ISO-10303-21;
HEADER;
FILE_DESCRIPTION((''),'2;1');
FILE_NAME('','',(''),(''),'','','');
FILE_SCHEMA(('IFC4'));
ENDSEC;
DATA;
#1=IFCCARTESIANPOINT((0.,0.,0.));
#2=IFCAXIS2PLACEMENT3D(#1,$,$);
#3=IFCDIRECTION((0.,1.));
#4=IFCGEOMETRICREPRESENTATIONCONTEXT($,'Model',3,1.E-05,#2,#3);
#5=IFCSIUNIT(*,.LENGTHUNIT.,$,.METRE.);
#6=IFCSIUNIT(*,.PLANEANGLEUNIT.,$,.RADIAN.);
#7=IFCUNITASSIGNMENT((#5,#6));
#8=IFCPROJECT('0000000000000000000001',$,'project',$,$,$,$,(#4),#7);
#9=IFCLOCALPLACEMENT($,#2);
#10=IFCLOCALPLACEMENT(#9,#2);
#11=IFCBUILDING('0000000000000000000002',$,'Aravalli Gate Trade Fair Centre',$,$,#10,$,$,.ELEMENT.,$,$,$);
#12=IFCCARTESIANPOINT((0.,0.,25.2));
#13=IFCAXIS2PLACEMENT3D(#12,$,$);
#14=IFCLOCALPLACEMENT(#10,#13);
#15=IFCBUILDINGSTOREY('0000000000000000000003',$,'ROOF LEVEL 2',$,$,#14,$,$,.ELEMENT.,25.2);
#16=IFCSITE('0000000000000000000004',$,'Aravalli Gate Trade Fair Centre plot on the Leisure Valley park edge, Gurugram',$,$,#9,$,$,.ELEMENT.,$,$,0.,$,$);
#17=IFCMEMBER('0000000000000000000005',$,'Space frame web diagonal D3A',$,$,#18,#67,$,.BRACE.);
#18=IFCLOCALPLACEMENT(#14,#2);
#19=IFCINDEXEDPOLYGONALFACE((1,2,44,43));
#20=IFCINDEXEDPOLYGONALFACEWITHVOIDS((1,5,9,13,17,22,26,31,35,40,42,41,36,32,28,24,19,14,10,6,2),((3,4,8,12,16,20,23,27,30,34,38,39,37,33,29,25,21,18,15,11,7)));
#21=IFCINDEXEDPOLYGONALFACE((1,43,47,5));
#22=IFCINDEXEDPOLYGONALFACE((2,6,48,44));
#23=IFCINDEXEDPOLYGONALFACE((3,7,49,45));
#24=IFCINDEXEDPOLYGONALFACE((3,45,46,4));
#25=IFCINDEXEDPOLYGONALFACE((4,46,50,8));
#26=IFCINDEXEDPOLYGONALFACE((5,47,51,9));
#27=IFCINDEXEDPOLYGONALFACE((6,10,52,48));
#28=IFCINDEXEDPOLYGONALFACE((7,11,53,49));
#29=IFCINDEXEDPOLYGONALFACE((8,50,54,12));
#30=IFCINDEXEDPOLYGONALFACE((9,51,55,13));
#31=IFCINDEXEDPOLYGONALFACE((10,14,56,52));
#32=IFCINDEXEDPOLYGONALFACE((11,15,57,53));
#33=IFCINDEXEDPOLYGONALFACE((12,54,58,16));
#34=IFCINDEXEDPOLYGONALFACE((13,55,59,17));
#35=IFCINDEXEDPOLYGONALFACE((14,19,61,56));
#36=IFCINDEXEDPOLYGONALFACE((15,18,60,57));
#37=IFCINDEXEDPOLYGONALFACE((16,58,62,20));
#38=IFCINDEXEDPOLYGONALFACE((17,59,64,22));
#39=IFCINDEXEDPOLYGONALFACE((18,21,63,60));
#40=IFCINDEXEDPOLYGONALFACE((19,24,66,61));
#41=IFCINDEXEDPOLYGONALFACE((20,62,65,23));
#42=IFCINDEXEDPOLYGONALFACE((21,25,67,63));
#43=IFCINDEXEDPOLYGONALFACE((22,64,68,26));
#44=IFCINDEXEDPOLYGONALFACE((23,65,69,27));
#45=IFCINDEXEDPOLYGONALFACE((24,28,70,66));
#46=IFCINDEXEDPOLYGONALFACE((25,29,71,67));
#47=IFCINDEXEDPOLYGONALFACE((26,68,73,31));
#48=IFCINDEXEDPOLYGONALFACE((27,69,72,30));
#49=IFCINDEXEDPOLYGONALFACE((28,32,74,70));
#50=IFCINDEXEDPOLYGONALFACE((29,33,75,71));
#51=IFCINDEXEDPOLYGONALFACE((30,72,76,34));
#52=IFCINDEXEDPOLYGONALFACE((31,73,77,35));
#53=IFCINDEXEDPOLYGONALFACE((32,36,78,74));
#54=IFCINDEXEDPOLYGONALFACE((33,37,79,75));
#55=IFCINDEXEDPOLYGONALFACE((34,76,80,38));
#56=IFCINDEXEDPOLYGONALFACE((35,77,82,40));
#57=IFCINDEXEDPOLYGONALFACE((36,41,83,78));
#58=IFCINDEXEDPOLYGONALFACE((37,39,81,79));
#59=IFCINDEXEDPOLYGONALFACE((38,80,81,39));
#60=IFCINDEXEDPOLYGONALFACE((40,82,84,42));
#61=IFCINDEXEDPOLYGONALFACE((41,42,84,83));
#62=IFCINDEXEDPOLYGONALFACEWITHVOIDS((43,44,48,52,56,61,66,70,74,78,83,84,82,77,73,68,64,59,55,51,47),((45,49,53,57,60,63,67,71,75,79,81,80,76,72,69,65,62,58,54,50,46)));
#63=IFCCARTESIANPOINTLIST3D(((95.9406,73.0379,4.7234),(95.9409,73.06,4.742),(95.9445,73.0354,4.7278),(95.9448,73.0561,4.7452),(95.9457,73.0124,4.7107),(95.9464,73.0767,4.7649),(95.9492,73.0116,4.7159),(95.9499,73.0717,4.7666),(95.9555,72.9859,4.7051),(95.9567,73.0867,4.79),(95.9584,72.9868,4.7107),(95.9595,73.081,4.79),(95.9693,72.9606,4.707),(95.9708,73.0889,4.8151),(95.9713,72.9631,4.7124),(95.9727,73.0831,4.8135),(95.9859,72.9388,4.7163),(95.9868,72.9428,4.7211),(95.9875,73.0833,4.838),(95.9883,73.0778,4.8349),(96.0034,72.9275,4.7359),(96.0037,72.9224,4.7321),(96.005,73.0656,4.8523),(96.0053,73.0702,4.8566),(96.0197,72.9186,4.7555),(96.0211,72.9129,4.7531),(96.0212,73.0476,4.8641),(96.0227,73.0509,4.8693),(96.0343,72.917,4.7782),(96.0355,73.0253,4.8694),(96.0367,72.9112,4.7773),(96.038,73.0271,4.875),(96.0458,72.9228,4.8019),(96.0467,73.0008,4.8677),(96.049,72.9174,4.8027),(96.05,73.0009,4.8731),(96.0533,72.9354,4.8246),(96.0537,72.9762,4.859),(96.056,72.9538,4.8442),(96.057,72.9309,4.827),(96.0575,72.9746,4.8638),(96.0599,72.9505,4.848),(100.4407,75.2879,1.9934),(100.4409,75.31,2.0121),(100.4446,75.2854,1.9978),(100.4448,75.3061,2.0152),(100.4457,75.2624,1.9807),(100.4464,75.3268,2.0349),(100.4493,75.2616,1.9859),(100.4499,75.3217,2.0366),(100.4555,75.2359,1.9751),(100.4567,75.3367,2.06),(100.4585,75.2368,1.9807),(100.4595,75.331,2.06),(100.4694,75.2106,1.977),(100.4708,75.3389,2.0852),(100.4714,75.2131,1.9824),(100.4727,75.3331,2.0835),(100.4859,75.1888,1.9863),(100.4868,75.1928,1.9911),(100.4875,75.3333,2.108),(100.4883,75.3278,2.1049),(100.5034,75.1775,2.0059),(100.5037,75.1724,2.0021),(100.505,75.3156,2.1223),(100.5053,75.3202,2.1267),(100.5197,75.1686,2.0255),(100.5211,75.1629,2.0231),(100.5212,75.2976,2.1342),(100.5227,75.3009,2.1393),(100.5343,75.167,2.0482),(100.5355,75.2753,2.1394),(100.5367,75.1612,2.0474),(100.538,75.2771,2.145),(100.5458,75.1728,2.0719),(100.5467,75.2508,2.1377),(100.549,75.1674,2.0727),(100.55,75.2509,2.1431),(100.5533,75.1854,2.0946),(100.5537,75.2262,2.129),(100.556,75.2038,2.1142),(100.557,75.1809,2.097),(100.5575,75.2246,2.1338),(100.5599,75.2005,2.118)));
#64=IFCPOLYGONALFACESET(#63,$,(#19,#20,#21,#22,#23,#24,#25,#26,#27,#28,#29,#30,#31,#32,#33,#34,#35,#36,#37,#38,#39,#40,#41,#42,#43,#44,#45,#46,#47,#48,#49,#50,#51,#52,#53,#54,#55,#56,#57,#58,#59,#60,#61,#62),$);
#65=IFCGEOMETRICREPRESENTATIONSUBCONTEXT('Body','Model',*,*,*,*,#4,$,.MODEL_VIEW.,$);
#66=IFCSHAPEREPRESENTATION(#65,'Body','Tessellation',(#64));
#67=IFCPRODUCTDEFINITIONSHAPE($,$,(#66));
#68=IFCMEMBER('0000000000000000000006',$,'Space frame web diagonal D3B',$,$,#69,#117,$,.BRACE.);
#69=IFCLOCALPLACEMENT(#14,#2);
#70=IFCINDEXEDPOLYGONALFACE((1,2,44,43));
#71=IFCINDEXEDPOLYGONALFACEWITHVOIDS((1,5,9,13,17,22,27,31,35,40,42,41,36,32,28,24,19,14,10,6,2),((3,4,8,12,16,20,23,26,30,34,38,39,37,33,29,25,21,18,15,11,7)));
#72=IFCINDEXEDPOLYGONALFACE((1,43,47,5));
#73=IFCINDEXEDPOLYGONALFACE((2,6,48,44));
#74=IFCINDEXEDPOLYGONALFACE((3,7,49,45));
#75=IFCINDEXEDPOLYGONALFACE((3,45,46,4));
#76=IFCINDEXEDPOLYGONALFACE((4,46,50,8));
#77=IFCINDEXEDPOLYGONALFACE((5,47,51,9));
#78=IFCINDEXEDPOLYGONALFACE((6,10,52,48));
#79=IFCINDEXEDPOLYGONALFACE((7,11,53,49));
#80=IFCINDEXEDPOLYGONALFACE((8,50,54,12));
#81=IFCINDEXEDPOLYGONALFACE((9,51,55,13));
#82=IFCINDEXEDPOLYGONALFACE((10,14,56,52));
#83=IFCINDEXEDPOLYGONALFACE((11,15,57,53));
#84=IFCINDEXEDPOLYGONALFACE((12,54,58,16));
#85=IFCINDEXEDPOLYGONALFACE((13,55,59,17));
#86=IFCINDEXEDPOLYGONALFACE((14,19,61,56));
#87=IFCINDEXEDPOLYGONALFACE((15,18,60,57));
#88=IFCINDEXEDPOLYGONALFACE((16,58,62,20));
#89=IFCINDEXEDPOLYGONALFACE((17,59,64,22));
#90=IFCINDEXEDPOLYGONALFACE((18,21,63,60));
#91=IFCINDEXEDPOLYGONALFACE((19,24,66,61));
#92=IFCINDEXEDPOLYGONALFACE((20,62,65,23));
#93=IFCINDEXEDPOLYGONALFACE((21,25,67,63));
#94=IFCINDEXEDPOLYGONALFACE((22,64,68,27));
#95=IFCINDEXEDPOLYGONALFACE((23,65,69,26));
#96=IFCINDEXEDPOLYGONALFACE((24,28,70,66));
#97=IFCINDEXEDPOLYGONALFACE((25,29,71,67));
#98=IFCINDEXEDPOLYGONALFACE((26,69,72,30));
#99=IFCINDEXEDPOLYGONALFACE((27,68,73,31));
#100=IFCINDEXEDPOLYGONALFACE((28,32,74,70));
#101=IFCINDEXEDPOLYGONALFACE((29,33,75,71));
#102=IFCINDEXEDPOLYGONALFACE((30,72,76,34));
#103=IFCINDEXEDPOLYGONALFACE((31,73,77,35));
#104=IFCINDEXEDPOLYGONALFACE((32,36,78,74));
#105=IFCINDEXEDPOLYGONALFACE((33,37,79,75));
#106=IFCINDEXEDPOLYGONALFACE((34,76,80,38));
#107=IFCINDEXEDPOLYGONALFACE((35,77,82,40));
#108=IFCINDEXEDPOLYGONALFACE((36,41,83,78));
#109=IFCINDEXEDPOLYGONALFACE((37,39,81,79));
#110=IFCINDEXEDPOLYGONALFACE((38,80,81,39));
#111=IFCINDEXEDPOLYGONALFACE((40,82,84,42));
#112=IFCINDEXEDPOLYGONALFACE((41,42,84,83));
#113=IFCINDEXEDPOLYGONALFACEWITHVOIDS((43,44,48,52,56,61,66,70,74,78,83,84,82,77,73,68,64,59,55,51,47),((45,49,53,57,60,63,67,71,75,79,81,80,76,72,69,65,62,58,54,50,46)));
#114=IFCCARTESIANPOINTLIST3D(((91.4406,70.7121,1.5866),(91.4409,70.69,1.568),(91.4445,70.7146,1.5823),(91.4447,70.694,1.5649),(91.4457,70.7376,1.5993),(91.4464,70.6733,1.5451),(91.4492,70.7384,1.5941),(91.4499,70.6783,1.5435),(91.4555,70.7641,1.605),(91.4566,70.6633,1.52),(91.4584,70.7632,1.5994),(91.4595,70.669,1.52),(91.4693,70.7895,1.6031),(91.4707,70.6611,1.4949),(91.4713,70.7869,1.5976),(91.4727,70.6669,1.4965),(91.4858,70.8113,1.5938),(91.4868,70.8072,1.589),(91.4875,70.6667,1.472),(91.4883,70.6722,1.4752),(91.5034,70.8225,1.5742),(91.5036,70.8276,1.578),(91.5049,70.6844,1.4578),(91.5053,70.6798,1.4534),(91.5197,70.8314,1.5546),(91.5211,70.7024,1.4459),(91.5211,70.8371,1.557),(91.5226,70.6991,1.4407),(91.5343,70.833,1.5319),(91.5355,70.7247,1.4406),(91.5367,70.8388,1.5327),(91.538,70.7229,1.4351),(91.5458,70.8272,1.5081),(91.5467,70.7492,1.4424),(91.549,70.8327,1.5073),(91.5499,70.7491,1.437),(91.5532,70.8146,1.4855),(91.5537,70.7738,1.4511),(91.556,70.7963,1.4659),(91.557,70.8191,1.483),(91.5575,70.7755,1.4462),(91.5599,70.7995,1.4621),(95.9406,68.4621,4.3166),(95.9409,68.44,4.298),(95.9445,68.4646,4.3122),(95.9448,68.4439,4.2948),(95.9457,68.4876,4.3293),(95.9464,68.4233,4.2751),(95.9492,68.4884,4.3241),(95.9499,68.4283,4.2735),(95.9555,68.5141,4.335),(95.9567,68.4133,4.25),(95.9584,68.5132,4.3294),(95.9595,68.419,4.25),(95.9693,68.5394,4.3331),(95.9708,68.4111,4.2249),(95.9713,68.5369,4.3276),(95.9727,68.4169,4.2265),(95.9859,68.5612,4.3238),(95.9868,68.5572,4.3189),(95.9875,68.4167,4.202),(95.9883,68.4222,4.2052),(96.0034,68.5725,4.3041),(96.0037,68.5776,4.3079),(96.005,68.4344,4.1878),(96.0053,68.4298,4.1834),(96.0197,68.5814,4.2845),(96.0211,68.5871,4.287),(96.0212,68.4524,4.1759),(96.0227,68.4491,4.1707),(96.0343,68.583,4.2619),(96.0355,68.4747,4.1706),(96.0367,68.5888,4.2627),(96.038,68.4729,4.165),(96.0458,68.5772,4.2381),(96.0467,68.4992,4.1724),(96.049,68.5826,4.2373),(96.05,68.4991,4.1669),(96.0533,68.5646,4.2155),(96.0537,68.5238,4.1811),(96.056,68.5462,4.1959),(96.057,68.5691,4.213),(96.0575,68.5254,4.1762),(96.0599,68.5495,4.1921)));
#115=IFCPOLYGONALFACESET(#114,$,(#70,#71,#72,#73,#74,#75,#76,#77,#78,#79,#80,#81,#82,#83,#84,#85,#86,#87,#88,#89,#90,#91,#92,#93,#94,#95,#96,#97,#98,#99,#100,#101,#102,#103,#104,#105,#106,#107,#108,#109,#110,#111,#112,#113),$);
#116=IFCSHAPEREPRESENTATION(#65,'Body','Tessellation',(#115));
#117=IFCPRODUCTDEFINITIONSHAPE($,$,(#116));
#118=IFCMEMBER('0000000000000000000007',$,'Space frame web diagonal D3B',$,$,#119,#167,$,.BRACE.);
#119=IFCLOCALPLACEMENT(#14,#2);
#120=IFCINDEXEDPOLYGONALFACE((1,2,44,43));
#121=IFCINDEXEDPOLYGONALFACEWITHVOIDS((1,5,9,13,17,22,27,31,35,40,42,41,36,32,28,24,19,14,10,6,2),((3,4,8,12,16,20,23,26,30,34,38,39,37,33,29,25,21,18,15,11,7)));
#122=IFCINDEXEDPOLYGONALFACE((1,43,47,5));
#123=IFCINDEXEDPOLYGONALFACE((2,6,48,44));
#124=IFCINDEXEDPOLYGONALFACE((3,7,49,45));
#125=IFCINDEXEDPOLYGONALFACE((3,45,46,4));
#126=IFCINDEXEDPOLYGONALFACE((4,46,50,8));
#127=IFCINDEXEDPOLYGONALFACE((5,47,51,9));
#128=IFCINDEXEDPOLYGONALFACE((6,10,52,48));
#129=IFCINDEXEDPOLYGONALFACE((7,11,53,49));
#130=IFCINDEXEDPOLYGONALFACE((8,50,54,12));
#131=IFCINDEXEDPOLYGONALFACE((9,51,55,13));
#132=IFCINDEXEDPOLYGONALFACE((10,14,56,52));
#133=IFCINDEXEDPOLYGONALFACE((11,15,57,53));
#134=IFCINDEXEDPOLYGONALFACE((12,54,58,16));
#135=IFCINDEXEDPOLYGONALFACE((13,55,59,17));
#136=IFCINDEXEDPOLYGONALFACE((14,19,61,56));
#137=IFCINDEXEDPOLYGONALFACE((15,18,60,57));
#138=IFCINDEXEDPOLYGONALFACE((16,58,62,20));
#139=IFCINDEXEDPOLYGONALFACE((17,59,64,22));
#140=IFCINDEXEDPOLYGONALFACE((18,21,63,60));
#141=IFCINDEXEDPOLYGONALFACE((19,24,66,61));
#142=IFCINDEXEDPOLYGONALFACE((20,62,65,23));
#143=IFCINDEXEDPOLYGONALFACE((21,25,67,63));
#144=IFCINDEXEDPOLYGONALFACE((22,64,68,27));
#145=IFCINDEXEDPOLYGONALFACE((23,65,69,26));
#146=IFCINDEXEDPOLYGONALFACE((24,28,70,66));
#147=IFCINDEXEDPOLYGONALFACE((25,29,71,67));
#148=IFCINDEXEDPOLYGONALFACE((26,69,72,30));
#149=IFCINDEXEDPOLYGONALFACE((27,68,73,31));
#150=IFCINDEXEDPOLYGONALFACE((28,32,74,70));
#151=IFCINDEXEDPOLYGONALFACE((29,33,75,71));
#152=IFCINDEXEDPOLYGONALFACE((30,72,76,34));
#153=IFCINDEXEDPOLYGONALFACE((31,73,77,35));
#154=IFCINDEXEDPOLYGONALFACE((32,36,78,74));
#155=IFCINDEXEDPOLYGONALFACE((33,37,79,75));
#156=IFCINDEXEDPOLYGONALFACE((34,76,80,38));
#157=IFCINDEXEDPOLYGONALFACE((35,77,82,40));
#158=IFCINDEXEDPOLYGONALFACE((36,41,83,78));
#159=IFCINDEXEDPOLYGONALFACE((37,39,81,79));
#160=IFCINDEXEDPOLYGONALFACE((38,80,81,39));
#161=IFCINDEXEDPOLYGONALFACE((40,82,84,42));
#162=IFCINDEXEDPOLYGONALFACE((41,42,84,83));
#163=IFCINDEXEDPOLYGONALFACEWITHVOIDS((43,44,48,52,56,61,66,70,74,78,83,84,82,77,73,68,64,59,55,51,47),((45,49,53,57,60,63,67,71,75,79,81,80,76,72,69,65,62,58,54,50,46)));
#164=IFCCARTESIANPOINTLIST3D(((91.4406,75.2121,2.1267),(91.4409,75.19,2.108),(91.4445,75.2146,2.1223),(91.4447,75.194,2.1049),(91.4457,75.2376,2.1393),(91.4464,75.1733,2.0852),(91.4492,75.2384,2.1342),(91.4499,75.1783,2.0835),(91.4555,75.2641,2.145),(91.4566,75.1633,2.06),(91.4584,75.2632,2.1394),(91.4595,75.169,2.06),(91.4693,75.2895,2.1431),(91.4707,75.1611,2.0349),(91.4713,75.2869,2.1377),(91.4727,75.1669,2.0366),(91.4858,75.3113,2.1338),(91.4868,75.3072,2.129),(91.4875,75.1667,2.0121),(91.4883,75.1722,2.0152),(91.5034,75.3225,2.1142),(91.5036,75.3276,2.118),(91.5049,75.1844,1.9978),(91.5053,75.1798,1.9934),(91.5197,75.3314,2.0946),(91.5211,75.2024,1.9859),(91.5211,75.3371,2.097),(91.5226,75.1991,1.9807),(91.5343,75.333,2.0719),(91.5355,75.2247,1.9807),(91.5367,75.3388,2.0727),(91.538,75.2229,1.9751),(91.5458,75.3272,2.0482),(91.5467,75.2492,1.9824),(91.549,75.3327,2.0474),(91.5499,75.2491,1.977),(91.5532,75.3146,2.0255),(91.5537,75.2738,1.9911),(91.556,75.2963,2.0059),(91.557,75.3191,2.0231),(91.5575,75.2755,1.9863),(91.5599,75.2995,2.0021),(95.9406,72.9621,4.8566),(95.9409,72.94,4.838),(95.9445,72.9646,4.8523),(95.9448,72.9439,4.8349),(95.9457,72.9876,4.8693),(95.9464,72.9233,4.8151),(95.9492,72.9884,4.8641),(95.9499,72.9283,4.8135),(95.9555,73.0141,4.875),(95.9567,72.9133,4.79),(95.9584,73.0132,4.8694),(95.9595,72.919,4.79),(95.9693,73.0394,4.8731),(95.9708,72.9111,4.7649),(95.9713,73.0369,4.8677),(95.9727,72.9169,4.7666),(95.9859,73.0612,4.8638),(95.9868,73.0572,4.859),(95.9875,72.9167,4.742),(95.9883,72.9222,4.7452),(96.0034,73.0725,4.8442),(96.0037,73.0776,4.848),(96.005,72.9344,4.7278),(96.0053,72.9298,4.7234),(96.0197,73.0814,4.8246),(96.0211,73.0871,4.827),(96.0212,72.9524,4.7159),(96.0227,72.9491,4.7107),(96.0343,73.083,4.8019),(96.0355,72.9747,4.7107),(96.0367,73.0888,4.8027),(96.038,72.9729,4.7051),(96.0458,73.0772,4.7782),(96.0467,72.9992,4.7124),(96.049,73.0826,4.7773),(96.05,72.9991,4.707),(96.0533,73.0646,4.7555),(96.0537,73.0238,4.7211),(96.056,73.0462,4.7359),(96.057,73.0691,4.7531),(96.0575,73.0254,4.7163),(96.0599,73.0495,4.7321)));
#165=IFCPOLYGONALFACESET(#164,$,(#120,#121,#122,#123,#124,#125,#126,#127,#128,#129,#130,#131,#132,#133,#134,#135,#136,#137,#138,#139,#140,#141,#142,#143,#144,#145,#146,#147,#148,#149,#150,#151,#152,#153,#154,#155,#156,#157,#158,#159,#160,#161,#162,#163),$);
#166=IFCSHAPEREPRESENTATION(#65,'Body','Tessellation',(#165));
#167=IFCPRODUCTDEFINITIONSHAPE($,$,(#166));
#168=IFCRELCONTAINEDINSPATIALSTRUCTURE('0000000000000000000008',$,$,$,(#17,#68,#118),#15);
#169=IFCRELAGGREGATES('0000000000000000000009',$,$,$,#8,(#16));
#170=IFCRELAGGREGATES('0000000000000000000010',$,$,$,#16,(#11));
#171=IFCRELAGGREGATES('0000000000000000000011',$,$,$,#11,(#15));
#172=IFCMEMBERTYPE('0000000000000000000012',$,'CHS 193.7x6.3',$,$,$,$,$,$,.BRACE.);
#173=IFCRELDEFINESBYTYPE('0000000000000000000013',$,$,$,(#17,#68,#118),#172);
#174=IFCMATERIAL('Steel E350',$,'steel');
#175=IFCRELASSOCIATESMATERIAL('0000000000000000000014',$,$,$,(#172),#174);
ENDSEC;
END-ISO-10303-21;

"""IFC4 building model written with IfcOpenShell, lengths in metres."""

from ifc_helpers import new_model, si_unit, direction, frame, origin, origin_2d, place, context, subcontext, project, spatial, hollow_circle, extrude, material, material_profile, profile_set, type_object, element, save


model = new_model("IFC4")

# Units and contexts
model_context = context("Model", 3, precision=1e-05, world=origin(), true_north=direction((0.0, 1.0)))
body_context = subcontext(model_context, "Body", "Model", "MODEL_VIEW")
ifc_project = project(units=[si_unit("LENGTHUNIT", "METRE"), si_unit("PLANEANGLEUNIT", "RADIAN")], contexts=[model_context])

# Site, building, storey
site_placement = place(None, origin())
site = spatial("IfcSite", under=ifc_project, at=site_placement, Name="Aravalli Gate Trade Fair Centre plot on the Leisure Valley park edge, Gurugram", CompositionType="ELEMENT", RefElevation=0.0)
building_placement = place(site_placement, origin())
building = spatial("IfcBuilding", under=site, at=building_placement, Name="Aravalli Gate Trade Fair Centre", CompositionType="ELEMENT")
storey_placement = place(building_placement, frame((0.0, 0.0, 25.2)))
storey = spatial("IfcBuildingStorey", under=building, at=storey_placement, Name="ROOF LEVEL 2", CompositionType="ELEMENT", Elevation=25.2)

# Members
ifc_material_1 = material(Name="Steel E350", Category="steel")
ifc_material_profile_1 = material_profile(ifc_material_1, hollow_circle(Radius=0.0969, WallThickness=0.0063, at=origin_2d()), Name="CHS 193.7x6.3")
ifc_profile_set_1 = profile_set([ifc_material_profile_1], Name="Steel E350")
member_type_1 = type_object("IfcMemberType", Name="CHS 193.7x6.3", PredefinedType="BRACE", material=ifc_profile_set_1)
for number, where, z_axis, x_axis, name in (
    (1, (96.0, 73.0, 4.79), (0.78615, 0.393075, -0.476928), (-0.447214, 0.894427, 0.0), "Space frame web diagonal D3A"),
    (2, (96.0, 68.5, 4.25), (-0.78615, 0.393075, -0.476928), (-0.447214, -0.894427, 0.0), "Space frame web diagonal D3B"),
    (3, (96.0, 73.0, 4.79), (-0.78615, 0.393075, -0.476928), (-0.447214, -0.894427, 0.0), "Space frame web diagonal D3B"),
):
    element("IfcMember", number, at=place(storey_placement, frame(where, z_axis=z_axis, x_axis=x_axis)), inside=storey, type_object=member_type_1, Name=name, PredefinedType="BRACE", context=body_context, shape_type="SweptSolid", body=[
        extrude(hollow_circle(Radius=0.0969, WallThickness=0.0063, at=origin_2d()), origin(), (0.0, 0.0, 1.0), 5.7241),
    ])

save(model, "model.ifc")
